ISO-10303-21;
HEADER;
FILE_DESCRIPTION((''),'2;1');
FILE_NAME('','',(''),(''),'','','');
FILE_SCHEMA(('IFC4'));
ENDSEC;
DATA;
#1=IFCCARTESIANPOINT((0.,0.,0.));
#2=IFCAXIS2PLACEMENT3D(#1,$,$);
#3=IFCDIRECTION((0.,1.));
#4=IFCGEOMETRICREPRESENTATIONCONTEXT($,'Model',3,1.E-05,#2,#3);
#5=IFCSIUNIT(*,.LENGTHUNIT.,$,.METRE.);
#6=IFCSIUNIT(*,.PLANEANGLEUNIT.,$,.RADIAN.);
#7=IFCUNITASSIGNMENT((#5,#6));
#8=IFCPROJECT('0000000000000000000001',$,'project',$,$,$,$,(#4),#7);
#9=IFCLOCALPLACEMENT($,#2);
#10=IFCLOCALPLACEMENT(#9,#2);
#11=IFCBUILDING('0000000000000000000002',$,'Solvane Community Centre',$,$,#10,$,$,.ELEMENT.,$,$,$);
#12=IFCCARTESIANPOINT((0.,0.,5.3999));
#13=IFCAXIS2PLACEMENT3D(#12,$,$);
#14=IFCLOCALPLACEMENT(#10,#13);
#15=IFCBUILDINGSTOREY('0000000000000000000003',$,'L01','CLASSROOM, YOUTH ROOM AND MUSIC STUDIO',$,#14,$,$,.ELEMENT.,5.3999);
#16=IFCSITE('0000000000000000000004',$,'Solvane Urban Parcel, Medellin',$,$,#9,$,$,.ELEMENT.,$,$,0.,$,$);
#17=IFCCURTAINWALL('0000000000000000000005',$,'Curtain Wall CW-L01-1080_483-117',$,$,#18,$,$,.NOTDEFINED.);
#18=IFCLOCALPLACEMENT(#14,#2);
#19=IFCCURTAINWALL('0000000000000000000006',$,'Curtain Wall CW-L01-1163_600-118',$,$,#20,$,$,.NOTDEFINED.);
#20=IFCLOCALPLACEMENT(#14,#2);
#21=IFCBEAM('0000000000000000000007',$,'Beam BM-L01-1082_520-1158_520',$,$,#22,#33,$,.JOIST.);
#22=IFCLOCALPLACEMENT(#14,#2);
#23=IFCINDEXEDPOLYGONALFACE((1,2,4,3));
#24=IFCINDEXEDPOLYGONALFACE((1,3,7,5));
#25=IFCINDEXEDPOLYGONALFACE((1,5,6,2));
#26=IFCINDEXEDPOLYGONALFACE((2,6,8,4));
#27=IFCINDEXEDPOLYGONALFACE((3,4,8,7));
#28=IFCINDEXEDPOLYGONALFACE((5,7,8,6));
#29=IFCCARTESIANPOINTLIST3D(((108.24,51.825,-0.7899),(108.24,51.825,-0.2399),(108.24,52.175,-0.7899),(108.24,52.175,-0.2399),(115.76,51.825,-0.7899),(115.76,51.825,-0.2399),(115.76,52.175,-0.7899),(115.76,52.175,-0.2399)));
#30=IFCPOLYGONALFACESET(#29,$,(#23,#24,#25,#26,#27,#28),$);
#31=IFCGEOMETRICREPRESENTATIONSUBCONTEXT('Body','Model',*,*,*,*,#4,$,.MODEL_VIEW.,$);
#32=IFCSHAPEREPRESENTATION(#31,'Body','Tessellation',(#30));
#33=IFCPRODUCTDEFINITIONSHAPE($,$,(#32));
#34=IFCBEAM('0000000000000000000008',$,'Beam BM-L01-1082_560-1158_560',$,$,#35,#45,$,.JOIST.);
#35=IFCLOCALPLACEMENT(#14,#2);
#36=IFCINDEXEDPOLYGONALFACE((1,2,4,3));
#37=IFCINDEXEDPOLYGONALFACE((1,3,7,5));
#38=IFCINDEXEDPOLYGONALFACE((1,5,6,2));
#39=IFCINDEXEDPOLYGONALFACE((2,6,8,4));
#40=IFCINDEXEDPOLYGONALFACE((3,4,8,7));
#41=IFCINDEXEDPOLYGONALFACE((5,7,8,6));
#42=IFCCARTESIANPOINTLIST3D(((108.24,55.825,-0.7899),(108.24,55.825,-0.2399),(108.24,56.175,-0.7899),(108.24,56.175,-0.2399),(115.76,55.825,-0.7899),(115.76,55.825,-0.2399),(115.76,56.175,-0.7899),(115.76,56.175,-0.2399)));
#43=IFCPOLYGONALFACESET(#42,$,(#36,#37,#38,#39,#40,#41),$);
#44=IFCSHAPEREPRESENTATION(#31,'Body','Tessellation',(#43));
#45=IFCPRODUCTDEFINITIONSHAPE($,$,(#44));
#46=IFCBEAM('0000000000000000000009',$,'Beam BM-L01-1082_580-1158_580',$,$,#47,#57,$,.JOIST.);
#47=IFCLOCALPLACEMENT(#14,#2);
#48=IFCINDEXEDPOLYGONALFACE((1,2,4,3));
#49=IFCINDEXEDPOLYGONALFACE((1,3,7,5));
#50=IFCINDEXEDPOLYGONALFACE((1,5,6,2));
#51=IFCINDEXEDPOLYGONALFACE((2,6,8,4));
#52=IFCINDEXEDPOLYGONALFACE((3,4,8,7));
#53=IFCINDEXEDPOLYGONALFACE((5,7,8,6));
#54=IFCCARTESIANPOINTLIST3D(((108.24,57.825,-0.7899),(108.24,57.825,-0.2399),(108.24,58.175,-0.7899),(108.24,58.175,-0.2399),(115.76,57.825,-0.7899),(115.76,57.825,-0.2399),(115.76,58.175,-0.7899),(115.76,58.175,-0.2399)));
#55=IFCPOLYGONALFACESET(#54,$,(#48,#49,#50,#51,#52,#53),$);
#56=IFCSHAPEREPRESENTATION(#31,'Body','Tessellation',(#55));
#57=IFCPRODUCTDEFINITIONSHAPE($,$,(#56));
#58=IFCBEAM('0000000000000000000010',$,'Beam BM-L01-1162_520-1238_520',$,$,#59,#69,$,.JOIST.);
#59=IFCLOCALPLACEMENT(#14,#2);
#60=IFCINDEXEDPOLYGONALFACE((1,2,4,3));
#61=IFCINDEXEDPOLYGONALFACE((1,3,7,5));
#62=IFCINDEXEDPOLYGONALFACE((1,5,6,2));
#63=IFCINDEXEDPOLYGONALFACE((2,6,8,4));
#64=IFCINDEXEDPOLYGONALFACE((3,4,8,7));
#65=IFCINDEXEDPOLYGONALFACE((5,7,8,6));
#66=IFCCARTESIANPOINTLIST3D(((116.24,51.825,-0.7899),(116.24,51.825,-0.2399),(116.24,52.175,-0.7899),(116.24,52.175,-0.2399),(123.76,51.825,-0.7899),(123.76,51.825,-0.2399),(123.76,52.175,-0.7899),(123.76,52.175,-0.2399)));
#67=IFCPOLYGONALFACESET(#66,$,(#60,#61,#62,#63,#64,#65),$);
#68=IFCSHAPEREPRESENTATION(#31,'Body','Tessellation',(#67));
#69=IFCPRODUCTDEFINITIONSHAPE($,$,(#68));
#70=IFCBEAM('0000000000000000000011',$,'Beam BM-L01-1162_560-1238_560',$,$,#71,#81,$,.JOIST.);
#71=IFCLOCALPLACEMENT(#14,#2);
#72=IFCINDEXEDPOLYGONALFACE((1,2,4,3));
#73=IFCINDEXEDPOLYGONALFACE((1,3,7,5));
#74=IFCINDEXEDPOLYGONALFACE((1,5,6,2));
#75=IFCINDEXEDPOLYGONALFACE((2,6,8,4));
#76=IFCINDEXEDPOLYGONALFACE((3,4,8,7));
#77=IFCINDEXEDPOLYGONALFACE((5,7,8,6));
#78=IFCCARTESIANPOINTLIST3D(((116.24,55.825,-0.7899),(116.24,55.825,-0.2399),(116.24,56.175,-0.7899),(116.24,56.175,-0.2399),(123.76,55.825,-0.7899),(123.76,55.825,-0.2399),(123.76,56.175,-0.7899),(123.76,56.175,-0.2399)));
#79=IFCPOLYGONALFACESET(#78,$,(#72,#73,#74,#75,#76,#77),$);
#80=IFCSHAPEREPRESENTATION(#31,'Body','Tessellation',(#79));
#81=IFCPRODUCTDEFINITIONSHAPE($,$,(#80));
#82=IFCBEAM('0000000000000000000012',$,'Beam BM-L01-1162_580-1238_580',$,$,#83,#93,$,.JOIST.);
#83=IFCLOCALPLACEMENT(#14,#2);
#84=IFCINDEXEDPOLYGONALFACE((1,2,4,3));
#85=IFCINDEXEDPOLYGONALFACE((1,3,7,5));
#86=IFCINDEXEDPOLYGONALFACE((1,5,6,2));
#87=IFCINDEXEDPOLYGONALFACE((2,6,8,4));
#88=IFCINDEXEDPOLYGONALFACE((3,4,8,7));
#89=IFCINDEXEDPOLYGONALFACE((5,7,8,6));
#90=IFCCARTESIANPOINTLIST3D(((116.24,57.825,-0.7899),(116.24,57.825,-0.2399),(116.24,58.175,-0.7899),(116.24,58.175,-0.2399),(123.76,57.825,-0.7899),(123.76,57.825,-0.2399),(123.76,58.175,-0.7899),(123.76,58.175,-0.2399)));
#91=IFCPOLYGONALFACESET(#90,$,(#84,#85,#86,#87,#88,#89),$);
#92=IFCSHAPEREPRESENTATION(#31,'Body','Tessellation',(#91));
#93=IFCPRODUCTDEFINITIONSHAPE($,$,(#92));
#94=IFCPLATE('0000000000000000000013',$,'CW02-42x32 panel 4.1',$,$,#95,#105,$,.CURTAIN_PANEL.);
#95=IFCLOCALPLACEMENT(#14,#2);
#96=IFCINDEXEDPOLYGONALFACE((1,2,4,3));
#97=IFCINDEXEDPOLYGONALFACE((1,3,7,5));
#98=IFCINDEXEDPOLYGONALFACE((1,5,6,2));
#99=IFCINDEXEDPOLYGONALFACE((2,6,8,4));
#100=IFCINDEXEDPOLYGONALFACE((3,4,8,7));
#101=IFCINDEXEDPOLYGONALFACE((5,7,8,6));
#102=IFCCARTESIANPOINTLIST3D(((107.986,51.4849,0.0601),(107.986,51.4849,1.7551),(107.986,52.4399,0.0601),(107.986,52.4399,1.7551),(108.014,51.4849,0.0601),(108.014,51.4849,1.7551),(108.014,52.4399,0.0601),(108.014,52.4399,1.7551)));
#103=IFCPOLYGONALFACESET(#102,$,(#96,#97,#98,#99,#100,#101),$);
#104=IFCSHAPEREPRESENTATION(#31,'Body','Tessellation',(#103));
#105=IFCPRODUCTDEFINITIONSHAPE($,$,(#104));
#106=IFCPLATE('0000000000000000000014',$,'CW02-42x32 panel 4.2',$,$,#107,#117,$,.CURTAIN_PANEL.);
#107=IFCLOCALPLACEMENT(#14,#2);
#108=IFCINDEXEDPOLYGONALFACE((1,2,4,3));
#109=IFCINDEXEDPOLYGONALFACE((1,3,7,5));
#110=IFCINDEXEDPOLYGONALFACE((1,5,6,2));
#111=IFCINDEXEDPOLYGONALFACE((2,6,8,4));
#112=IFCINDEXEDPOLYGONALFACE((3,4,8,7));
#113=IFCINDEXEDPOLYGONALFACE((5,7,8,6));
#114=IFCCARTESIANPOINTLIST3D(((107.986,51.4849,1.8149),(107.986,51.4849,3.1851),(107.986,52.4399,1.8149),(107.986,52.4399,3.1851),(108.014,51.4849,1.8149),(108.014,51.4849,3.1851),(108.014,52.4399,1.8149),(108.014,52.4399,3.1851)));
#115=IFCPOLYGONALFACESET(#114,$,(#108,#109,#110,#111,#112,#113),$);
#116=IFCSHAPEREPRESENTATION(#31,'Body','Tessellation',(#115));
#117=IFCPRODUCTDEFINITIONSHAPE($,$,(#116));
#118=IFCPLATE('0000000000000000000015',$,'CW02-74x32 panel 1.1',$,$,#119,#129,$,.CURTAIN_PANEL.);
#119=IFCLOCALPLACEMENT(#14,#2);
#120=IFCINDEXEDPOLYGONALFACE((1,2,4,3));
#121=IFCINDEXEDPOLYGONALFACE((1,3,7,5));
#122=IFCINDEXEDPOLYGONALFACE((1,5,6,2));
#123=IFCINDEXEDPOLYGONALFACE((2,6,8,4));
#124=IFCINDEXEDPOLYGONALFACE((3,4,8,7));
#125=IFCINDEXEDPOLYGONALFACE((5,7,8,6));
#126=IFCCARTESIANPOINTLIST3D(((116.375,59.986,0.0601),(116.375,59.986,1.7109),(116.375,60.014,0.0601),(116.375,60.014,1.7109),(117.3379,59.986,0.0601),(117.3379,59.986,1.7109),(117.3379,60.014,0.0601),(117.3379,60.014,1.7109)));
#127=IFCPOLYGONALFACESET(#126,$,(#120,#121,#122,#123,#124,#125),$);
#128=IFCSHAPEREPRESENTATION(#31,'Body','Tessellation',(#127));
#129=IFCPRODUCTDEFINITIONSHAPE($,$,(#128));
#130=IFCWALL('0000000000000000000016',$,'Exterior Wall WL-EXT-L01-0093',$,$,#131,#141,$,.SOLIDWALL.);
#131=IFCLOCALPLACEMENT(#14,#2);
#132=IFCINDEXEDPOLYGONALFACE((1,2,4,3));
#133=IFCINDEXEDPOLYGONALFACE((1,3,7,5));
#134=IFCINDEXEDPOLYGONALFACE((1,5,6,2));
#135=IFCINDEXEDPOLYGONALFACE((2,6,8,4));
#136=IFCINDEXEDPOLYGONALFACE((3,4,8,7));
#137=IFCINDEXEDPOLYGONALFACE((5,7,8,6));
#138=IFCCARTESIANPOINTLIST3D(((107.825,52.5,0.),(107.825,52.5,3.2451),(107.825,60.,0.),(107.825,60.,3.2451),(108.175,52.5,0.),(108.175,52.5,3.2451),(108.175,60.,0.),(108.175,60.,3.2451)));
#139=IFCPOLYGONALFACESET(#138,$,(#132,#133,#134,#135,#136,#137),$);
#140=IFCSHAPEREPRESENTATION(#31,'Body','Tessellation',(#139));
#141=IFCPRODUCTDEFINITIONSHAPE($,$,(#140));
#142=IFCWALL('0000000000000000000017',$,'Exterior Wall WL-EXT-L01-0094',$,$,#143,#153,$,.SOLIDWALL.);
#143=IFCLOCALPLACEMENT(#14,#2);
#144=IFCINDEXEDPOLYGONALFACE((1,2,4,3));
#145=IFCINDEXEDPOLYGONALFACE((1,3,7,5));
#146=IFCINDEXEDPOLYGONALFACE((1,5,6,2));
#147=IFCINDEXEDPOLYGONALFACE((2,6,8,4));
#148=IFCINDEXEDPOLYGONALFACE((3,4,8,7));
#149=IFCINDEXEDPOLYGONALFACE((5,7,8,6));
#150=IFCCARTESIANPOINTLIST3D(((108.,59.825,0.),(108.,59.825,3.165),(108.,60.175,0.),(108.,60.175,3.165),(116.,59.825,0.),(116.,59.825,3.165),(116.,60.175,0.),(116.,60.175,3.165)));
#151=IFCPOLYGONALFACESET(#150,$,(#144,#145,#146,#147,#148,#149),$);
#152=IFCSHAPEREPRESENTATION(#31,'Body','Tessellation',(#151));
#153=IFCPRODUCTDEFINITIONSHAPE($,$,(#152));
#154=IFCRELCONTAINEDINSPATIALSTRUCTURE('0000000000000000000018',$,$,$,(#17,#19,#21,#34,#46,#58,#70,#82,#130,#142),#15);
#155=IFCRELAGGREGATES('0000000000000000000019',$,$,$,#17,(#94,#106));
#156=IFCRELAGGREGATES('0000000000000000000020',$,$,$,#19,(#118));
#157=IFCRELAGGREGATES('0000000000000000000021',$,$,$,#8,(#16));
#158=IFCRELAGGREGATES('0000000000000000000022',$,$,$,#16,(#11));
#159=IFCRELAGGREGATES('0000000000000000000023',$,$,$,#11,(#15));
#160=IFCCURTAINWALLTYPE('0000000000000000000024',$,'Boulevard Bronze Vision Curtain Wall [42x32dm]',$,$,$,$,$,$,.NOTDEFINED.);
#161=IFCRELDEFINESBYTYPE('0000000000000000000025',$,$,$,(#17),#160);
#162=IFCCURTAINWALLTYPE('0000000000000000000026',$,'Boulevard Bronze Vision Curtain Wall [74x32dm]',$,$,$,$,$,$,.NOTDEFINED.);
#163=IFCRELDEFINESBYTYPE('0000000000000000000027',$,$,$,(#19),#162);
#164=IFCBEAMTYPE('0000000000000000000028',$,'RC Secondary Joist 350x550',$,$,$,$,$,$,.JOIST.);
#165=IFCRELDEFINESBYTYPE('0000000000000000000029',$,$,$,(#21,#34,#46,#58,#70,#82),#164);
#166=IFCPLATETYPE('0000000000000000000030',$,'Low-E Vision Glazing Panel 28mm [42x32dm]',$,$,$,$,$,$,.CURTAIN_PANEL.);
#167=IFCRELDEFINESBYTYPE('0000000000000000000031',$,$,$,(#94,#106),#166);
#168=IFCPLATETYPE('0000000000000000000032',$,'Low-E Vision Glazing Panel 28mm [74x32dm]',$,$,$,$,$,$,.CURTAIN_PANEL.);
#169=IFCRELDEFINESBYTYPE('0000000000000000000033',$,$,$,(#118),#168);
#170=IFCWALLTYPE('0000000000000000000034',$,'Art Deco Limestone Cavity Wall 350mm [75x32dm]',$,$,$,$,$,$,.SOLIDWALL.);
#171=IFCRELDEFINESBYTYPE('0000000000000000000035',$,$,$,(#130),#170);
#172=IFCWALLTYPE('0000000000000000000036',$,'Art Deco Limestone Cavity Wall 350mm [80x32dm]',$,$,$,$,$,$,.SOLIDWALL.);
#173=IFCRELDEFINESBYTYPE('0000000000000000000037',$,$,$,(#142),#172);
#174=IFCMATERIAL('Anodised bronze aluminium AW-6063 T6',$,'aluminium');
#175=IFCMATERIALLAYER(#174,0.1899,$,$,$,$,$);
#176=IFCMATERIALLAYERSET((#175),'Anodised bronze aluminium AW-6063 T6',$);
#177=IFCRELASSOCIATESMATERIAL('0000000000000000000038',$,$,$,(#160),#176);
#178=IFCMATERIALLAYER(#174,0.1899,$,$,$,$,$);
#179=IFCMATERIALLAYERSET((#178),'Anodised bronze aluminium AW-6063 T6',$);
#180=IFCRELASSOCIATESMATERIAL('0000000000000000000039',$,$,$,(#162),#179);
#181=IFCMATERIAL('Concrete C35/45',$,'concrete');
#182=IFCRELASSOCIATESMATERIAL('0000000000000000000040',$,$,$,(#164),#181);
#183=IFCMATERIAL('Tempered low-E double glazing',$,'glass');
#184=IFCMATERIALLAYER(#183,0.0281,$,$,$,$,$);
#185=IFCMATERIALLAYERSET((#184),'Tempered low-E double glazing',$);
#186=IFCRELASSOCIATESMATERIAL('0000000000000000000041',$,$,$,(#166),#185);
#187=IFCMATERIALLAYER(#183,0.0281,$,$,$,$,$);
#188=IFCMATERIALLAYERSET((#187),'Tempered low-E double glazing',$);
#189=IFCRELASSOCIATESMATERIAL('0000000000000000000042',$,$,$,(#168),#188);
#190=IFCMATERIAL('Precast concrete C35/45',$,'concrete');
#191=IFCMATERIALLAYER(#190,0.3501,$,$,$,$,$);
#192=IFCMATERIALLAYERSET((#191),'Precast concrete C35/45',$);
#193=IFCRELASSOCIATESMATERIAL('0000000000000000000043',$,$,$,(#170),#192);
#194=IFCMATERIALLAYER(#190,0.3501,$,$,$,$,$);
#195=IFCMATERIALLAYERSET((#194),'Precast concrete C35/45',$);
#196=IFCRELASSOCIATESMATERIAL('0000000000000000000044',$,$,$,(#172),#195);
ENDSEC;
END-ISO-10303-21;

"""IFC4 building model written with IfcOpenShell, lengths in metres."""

from ifc_helpers import new_model, si_unit, direction, frame, frame_2d, origin, origin_2d, place, context, subcontext, project, spatial, rectangle, extrude, material, layer, layer_set, material_profile, profile_set, type_object, element, aggregate, save


model = new_model("IFC4")

# Units and contexts
model_context = context("Model", 3, precision=1e-05, world=origin(), true_north=direction((0.0, 1.0)))
body_context = subcontext(model_context, "Body", "Model", "MODEL_VIEW")
ifc_project = project(units=[si_unit("LENGTHUNIT", "METRE"), si_unit("PLANEANGLEUNIT", "RADIAN")], contexts=[model_context])

# Site, building, storey
site_placement = place(None, origin())
site = spatial("IfcSite", under=ifc_project, at=site_placement, Name="Solvane Urban Parcel, Medellin", CompositionType="ELEMENT", RefElevation=0.0)
building_placement = place(site_placement, origin())
building = spatial("IfcBuilding", under=site, at=building_placement, Name="Solvane Community Centre", CompositionType="ELEMENT")
storey_placement = place(building_placement, frame((0.0, 0.0, 5.3999)))
storey = spatial("IfcBuildingStorey", under=building, at=storey_placement, Name="L01", Description="CLASSROOM, YOUTH ROOM AND MUSIC STUDIO", CompositionType="ELEMENT", Elevation=5.3999)

# Shared definitions
ifc_material_1 = material(Name="Concrete C35/45", Category="concrete")

# Curtain wall
ifc_material_2 = material(Name="Anodised bronze aluminium AW-6063 T6", Category="aluminium")
ifc_layer_1 = layer(ifc_material_2, 0.1899)
ifc_layer_set_1 = layer_set([ifc_layer_1], Name="Anodised bronze aluminium AW-6063 T6")
curtain_wall_type_1 = type_object("IfcCurtainWallType", Name="Boulevard Bronze Vision Curtain Wall [42x32dm]", PredefinedType="NOTDEFINED", material=ifc_layer_set_1)
curtain_wall_1_placement = place(storey_placement, origin())
curtain_wall_1 = element("IfcCurtainWall", 1, at=curtain_wall_1_placement, inside=storey, type_object=curtain_wall_type_1, Name="Curtain Wall CW-L01-1080_483-117", PredefinedType="NOTDEFINED")

# Curtain wall
ifc_layer_2 = layer(ifc_material_2, 0.1899)
ifc_layer_set_2 = layer_set([ifc_layer_2], Name="Anodised bronze aluminium AW-6063 T6")
curtain_wall_type_2 = type_object("IfcCurtainWallType", Name="Boulevard Bronze Vision Curtain Wall [74x32dm]", PredefinedType="NOTDEFINED", material=ifc_layer_set_2)
curtain_wall_2_placement = place(storey_placement, origin())
curtain_wall_2 = element("IfcCurtainWall", 2, at=curtain_wall_2_placement, inside=storey, type_object=curtain_wall_type_2, Name="Curtain Wall CW-L01-1163_600-118", PredefinedType="NOTDEFINED")

# Beams
ifc_material_profile_1 = material_profile(ifc_material_1, rectangle(XDim=0.3501, YDim=0.55, at=origin_2d()), Name="RC 350x550")
ifc_profile_set_1 = profile_set([ifc_material_profile_1], Name="Concrete C35/45")
beam_type_1 = type_object("IfcBeamType", Name="RC Secondary Joist 350x550", PredefinedType="JOIST", material=ifc_profile_set_1)
for number, where, z_axis, x_axis, name in (
    (3, (108.24, 52.0, -0.5149), (1.0, 0.0, 0.0), (0.0, 1.0, 0.0), "Beam BM-L01-1082_520-1158_520"),
    (4, (108.24, 56.0, -0.5149), (1.0, 0.0, 0.0), (0.0, 1.0, 0.0), "Beam BM-L01-1082_560-1158_560"),
    (5, (108.24, 58.0, -0.5149), (1.0, 0.0, 0.0), (0.0, 1.0, 0.0), "Beam BM-L01-1082_580-1158_580"),
    (6, (116.24, 52.0, -0.5149), (1.0, 0.0, 0.0), (0.0, 1.0, 0.0), "Beam BM-L01-1162_520-1238_520"),
    (7, (116.24, 56.0, -0.5149), (1.0, 0.0, 0.0), (0.0, 1.0, 0.0), "Beam BM-L01-1162_560-1238_560"),
    (8, (116.24, 58.0, -0.5149), (1.0, 0.0, 0.0), (0.0, 1.0, 0.0), "Beam BM-L01-1162_580-1238_580"),
):
    element("IfcBeam", number, at=place(storey_placement, frame(where, z_axis=z_axis, x_axis=x_axis)), inside=storey, type_object=beam_type_1, Name=name, PredefinedType="JOIST", context=body_context, shape_type="SweptSolid", body=[
        extrude(rectangle(XDim=0.3501, YDim=0.55, at=origin_2d()), origin(), (0.0, 0.0, 1.0), 7.52),
    ])

# Plates
ifc_material_3 = material(Name="Tempered low-E double glazing", Category="glass")
ifc_layer_3 = layer(ifc_material_3, 0.0281)
ifc_layer_set_3 = layer_set([ifc_layer_3], Name="Tempered low-E double glazing")
plate_type_1 = type_object("IfcPlateType", Name="Low-E Vision Glazing Panel 28mm [42x32dm]", PredefinedType="CURTAIN_PANEL", material=ifc_layer_set_3)
plate_1_placement = place(storey_placement, frame((108.0, 51.9624, 0.0601), z_axis=(0.0, 0.0, 1.0), x_axis=(0.0, 1.0, 0.0)))
plate_1 = element("IfcPlate", 9, at=plate_1_placement, type_object=plate_type_1, Name="CW02-42x32 panel 4.1", PredefinedType="CURTAIN_PANEL", context=body_context, shape_type="SweptSolid", body=[
    extrude(rectangle(XDim=0.9551, YDim=0.0281, at=origin_2d()), origin(), (0.0, 0.0, 1.0), 1.6951),
])
plate_2_placement = place(storey_placement, frame((108.0, 51.9624, 1.8149), z_axis=(0.0, 0.0, 1.0), x_axis=(0.0, 1.0, 0.0)))
plate_2 = element("IfcPlate", 10, at=plate_2_placement, type_object=plate_type_1, Name="CW02-42x32 panel 4.2", PredefinedType="CURTAIN_PANEL", context=body_context, shape_type="SweptSolid", body=[
    extrude(rectangle(XDim=0.9551, YDim=0.0281, at=origin_2d()), origin(), (0.0, 0.0, 1.0), 1.3701),
])
aggregate(curtain_wall_1, [plate_1, plate_2])
ifc_layer_4 = layer(ifc_material_3, 0.0281)
ifc_layer_set_4 = layer_set([ifc_layer_4], Name="Tempered low-E double glazing")
plate_type_2 = type_object("IfcPlateType", Name="Low-E Vision Glazing Panel 28mm [74x32dm]", PredefinedType="CURTAIN_PANEL", material=ifc_layer_set_4)
plate_3_placement = place(storey_placement, frame((116.8564, 60.0, 0.0601), z_axis=(0.0, 0.0, 1.0), x_axis=(1.0, 0.0, 0.0)))
plate_3 = element("IfcPlate", 11, at=plate_3_placement, type_object=plate_type_2, Name="CW02-74x32 panel 1.1", PredefinedType="CURTAIN_PANEL", context=body_context, shape_type="SweptSolid", body=[
    extrude(rectangle(XDim=0.9629, YDim=0.0281, at=origin_2d()), origin(), (0.0, 0.0, 1.0), 1.6509),
])
aggregate(curtain_wall_2, [plate_3])

# Walls
ifc_material_4 = material(Name="Precast concrete C35/45", Category="concrete")
ifc_layer_5 = layer(ifc_material_4, 0.3501)
ifc_layer_set_5 = layer_set([ifc_layer_5], Name="Precast concrete C35/45")
wall_type_1 = type_object("IfcWallType", Name="Art Deco Limestone Cavity Wall 350mm [75x32dm]", PredefinedType="SOLIDWALL", material=ifc_layer_set_5)
wall_1_placement = place(storey_placement, frame((108.0, 52.5, 0.0), z_axis=(0.0, 0.0, 1.0), x_axis=(0.0, 1.0, 0.0)))
element("IfcWall", 12, at=wall_1_placement, inside=storey, type_object=wall_type_1, Name="Exterior Wall WL-EXT-L01-0093", PredefinedType="SOLIDWALL", context=body_context, shape_type="SweptSolid", body=[
    extrude(rectangle(XDim=7.5, YDim=0.3501, at=frame_2d((3.75, 0.0))), origin(), (0.0, 0.0, 1.0), 3.2451),
])
ifc_layer_6 = layer(ifc_material_4, 0.3501)
ifc_layer_set_6 = layer_set([ifc_layer_6], Name="Precast concrete C35/45")
wall_type_2 = type_object("IfcWallType", Name="Art Deco Limestone Cavity Wall 350mm [80x32dm]", PredefinedType="SOLIDWALL", material=ifc_layer_set_6)
wall_2_placement = place(storey_placement, frame((108.0, 60.0, 0.0), z_axis=(0.0, 0.0, 1.0), x_axis=(1.0, 0.0, 0.0)))
element("IfcWall", 13, at=wall_2_placement, inside=storey, type_object=wall_type_2, Name="Exterior Wall WL-EXT-L01-0094", PredefinedType="SOLIDWALL", context=body_context, shape_type="SweptSolid", body=[
    extrude(rectangle(XDim=8.0, YDim=0.3501, at=frame_2d((4.0, 0.0))), origin(), (0.0, 0.0, 1.0), 3.165),
])

save(model, "model.ifc")
